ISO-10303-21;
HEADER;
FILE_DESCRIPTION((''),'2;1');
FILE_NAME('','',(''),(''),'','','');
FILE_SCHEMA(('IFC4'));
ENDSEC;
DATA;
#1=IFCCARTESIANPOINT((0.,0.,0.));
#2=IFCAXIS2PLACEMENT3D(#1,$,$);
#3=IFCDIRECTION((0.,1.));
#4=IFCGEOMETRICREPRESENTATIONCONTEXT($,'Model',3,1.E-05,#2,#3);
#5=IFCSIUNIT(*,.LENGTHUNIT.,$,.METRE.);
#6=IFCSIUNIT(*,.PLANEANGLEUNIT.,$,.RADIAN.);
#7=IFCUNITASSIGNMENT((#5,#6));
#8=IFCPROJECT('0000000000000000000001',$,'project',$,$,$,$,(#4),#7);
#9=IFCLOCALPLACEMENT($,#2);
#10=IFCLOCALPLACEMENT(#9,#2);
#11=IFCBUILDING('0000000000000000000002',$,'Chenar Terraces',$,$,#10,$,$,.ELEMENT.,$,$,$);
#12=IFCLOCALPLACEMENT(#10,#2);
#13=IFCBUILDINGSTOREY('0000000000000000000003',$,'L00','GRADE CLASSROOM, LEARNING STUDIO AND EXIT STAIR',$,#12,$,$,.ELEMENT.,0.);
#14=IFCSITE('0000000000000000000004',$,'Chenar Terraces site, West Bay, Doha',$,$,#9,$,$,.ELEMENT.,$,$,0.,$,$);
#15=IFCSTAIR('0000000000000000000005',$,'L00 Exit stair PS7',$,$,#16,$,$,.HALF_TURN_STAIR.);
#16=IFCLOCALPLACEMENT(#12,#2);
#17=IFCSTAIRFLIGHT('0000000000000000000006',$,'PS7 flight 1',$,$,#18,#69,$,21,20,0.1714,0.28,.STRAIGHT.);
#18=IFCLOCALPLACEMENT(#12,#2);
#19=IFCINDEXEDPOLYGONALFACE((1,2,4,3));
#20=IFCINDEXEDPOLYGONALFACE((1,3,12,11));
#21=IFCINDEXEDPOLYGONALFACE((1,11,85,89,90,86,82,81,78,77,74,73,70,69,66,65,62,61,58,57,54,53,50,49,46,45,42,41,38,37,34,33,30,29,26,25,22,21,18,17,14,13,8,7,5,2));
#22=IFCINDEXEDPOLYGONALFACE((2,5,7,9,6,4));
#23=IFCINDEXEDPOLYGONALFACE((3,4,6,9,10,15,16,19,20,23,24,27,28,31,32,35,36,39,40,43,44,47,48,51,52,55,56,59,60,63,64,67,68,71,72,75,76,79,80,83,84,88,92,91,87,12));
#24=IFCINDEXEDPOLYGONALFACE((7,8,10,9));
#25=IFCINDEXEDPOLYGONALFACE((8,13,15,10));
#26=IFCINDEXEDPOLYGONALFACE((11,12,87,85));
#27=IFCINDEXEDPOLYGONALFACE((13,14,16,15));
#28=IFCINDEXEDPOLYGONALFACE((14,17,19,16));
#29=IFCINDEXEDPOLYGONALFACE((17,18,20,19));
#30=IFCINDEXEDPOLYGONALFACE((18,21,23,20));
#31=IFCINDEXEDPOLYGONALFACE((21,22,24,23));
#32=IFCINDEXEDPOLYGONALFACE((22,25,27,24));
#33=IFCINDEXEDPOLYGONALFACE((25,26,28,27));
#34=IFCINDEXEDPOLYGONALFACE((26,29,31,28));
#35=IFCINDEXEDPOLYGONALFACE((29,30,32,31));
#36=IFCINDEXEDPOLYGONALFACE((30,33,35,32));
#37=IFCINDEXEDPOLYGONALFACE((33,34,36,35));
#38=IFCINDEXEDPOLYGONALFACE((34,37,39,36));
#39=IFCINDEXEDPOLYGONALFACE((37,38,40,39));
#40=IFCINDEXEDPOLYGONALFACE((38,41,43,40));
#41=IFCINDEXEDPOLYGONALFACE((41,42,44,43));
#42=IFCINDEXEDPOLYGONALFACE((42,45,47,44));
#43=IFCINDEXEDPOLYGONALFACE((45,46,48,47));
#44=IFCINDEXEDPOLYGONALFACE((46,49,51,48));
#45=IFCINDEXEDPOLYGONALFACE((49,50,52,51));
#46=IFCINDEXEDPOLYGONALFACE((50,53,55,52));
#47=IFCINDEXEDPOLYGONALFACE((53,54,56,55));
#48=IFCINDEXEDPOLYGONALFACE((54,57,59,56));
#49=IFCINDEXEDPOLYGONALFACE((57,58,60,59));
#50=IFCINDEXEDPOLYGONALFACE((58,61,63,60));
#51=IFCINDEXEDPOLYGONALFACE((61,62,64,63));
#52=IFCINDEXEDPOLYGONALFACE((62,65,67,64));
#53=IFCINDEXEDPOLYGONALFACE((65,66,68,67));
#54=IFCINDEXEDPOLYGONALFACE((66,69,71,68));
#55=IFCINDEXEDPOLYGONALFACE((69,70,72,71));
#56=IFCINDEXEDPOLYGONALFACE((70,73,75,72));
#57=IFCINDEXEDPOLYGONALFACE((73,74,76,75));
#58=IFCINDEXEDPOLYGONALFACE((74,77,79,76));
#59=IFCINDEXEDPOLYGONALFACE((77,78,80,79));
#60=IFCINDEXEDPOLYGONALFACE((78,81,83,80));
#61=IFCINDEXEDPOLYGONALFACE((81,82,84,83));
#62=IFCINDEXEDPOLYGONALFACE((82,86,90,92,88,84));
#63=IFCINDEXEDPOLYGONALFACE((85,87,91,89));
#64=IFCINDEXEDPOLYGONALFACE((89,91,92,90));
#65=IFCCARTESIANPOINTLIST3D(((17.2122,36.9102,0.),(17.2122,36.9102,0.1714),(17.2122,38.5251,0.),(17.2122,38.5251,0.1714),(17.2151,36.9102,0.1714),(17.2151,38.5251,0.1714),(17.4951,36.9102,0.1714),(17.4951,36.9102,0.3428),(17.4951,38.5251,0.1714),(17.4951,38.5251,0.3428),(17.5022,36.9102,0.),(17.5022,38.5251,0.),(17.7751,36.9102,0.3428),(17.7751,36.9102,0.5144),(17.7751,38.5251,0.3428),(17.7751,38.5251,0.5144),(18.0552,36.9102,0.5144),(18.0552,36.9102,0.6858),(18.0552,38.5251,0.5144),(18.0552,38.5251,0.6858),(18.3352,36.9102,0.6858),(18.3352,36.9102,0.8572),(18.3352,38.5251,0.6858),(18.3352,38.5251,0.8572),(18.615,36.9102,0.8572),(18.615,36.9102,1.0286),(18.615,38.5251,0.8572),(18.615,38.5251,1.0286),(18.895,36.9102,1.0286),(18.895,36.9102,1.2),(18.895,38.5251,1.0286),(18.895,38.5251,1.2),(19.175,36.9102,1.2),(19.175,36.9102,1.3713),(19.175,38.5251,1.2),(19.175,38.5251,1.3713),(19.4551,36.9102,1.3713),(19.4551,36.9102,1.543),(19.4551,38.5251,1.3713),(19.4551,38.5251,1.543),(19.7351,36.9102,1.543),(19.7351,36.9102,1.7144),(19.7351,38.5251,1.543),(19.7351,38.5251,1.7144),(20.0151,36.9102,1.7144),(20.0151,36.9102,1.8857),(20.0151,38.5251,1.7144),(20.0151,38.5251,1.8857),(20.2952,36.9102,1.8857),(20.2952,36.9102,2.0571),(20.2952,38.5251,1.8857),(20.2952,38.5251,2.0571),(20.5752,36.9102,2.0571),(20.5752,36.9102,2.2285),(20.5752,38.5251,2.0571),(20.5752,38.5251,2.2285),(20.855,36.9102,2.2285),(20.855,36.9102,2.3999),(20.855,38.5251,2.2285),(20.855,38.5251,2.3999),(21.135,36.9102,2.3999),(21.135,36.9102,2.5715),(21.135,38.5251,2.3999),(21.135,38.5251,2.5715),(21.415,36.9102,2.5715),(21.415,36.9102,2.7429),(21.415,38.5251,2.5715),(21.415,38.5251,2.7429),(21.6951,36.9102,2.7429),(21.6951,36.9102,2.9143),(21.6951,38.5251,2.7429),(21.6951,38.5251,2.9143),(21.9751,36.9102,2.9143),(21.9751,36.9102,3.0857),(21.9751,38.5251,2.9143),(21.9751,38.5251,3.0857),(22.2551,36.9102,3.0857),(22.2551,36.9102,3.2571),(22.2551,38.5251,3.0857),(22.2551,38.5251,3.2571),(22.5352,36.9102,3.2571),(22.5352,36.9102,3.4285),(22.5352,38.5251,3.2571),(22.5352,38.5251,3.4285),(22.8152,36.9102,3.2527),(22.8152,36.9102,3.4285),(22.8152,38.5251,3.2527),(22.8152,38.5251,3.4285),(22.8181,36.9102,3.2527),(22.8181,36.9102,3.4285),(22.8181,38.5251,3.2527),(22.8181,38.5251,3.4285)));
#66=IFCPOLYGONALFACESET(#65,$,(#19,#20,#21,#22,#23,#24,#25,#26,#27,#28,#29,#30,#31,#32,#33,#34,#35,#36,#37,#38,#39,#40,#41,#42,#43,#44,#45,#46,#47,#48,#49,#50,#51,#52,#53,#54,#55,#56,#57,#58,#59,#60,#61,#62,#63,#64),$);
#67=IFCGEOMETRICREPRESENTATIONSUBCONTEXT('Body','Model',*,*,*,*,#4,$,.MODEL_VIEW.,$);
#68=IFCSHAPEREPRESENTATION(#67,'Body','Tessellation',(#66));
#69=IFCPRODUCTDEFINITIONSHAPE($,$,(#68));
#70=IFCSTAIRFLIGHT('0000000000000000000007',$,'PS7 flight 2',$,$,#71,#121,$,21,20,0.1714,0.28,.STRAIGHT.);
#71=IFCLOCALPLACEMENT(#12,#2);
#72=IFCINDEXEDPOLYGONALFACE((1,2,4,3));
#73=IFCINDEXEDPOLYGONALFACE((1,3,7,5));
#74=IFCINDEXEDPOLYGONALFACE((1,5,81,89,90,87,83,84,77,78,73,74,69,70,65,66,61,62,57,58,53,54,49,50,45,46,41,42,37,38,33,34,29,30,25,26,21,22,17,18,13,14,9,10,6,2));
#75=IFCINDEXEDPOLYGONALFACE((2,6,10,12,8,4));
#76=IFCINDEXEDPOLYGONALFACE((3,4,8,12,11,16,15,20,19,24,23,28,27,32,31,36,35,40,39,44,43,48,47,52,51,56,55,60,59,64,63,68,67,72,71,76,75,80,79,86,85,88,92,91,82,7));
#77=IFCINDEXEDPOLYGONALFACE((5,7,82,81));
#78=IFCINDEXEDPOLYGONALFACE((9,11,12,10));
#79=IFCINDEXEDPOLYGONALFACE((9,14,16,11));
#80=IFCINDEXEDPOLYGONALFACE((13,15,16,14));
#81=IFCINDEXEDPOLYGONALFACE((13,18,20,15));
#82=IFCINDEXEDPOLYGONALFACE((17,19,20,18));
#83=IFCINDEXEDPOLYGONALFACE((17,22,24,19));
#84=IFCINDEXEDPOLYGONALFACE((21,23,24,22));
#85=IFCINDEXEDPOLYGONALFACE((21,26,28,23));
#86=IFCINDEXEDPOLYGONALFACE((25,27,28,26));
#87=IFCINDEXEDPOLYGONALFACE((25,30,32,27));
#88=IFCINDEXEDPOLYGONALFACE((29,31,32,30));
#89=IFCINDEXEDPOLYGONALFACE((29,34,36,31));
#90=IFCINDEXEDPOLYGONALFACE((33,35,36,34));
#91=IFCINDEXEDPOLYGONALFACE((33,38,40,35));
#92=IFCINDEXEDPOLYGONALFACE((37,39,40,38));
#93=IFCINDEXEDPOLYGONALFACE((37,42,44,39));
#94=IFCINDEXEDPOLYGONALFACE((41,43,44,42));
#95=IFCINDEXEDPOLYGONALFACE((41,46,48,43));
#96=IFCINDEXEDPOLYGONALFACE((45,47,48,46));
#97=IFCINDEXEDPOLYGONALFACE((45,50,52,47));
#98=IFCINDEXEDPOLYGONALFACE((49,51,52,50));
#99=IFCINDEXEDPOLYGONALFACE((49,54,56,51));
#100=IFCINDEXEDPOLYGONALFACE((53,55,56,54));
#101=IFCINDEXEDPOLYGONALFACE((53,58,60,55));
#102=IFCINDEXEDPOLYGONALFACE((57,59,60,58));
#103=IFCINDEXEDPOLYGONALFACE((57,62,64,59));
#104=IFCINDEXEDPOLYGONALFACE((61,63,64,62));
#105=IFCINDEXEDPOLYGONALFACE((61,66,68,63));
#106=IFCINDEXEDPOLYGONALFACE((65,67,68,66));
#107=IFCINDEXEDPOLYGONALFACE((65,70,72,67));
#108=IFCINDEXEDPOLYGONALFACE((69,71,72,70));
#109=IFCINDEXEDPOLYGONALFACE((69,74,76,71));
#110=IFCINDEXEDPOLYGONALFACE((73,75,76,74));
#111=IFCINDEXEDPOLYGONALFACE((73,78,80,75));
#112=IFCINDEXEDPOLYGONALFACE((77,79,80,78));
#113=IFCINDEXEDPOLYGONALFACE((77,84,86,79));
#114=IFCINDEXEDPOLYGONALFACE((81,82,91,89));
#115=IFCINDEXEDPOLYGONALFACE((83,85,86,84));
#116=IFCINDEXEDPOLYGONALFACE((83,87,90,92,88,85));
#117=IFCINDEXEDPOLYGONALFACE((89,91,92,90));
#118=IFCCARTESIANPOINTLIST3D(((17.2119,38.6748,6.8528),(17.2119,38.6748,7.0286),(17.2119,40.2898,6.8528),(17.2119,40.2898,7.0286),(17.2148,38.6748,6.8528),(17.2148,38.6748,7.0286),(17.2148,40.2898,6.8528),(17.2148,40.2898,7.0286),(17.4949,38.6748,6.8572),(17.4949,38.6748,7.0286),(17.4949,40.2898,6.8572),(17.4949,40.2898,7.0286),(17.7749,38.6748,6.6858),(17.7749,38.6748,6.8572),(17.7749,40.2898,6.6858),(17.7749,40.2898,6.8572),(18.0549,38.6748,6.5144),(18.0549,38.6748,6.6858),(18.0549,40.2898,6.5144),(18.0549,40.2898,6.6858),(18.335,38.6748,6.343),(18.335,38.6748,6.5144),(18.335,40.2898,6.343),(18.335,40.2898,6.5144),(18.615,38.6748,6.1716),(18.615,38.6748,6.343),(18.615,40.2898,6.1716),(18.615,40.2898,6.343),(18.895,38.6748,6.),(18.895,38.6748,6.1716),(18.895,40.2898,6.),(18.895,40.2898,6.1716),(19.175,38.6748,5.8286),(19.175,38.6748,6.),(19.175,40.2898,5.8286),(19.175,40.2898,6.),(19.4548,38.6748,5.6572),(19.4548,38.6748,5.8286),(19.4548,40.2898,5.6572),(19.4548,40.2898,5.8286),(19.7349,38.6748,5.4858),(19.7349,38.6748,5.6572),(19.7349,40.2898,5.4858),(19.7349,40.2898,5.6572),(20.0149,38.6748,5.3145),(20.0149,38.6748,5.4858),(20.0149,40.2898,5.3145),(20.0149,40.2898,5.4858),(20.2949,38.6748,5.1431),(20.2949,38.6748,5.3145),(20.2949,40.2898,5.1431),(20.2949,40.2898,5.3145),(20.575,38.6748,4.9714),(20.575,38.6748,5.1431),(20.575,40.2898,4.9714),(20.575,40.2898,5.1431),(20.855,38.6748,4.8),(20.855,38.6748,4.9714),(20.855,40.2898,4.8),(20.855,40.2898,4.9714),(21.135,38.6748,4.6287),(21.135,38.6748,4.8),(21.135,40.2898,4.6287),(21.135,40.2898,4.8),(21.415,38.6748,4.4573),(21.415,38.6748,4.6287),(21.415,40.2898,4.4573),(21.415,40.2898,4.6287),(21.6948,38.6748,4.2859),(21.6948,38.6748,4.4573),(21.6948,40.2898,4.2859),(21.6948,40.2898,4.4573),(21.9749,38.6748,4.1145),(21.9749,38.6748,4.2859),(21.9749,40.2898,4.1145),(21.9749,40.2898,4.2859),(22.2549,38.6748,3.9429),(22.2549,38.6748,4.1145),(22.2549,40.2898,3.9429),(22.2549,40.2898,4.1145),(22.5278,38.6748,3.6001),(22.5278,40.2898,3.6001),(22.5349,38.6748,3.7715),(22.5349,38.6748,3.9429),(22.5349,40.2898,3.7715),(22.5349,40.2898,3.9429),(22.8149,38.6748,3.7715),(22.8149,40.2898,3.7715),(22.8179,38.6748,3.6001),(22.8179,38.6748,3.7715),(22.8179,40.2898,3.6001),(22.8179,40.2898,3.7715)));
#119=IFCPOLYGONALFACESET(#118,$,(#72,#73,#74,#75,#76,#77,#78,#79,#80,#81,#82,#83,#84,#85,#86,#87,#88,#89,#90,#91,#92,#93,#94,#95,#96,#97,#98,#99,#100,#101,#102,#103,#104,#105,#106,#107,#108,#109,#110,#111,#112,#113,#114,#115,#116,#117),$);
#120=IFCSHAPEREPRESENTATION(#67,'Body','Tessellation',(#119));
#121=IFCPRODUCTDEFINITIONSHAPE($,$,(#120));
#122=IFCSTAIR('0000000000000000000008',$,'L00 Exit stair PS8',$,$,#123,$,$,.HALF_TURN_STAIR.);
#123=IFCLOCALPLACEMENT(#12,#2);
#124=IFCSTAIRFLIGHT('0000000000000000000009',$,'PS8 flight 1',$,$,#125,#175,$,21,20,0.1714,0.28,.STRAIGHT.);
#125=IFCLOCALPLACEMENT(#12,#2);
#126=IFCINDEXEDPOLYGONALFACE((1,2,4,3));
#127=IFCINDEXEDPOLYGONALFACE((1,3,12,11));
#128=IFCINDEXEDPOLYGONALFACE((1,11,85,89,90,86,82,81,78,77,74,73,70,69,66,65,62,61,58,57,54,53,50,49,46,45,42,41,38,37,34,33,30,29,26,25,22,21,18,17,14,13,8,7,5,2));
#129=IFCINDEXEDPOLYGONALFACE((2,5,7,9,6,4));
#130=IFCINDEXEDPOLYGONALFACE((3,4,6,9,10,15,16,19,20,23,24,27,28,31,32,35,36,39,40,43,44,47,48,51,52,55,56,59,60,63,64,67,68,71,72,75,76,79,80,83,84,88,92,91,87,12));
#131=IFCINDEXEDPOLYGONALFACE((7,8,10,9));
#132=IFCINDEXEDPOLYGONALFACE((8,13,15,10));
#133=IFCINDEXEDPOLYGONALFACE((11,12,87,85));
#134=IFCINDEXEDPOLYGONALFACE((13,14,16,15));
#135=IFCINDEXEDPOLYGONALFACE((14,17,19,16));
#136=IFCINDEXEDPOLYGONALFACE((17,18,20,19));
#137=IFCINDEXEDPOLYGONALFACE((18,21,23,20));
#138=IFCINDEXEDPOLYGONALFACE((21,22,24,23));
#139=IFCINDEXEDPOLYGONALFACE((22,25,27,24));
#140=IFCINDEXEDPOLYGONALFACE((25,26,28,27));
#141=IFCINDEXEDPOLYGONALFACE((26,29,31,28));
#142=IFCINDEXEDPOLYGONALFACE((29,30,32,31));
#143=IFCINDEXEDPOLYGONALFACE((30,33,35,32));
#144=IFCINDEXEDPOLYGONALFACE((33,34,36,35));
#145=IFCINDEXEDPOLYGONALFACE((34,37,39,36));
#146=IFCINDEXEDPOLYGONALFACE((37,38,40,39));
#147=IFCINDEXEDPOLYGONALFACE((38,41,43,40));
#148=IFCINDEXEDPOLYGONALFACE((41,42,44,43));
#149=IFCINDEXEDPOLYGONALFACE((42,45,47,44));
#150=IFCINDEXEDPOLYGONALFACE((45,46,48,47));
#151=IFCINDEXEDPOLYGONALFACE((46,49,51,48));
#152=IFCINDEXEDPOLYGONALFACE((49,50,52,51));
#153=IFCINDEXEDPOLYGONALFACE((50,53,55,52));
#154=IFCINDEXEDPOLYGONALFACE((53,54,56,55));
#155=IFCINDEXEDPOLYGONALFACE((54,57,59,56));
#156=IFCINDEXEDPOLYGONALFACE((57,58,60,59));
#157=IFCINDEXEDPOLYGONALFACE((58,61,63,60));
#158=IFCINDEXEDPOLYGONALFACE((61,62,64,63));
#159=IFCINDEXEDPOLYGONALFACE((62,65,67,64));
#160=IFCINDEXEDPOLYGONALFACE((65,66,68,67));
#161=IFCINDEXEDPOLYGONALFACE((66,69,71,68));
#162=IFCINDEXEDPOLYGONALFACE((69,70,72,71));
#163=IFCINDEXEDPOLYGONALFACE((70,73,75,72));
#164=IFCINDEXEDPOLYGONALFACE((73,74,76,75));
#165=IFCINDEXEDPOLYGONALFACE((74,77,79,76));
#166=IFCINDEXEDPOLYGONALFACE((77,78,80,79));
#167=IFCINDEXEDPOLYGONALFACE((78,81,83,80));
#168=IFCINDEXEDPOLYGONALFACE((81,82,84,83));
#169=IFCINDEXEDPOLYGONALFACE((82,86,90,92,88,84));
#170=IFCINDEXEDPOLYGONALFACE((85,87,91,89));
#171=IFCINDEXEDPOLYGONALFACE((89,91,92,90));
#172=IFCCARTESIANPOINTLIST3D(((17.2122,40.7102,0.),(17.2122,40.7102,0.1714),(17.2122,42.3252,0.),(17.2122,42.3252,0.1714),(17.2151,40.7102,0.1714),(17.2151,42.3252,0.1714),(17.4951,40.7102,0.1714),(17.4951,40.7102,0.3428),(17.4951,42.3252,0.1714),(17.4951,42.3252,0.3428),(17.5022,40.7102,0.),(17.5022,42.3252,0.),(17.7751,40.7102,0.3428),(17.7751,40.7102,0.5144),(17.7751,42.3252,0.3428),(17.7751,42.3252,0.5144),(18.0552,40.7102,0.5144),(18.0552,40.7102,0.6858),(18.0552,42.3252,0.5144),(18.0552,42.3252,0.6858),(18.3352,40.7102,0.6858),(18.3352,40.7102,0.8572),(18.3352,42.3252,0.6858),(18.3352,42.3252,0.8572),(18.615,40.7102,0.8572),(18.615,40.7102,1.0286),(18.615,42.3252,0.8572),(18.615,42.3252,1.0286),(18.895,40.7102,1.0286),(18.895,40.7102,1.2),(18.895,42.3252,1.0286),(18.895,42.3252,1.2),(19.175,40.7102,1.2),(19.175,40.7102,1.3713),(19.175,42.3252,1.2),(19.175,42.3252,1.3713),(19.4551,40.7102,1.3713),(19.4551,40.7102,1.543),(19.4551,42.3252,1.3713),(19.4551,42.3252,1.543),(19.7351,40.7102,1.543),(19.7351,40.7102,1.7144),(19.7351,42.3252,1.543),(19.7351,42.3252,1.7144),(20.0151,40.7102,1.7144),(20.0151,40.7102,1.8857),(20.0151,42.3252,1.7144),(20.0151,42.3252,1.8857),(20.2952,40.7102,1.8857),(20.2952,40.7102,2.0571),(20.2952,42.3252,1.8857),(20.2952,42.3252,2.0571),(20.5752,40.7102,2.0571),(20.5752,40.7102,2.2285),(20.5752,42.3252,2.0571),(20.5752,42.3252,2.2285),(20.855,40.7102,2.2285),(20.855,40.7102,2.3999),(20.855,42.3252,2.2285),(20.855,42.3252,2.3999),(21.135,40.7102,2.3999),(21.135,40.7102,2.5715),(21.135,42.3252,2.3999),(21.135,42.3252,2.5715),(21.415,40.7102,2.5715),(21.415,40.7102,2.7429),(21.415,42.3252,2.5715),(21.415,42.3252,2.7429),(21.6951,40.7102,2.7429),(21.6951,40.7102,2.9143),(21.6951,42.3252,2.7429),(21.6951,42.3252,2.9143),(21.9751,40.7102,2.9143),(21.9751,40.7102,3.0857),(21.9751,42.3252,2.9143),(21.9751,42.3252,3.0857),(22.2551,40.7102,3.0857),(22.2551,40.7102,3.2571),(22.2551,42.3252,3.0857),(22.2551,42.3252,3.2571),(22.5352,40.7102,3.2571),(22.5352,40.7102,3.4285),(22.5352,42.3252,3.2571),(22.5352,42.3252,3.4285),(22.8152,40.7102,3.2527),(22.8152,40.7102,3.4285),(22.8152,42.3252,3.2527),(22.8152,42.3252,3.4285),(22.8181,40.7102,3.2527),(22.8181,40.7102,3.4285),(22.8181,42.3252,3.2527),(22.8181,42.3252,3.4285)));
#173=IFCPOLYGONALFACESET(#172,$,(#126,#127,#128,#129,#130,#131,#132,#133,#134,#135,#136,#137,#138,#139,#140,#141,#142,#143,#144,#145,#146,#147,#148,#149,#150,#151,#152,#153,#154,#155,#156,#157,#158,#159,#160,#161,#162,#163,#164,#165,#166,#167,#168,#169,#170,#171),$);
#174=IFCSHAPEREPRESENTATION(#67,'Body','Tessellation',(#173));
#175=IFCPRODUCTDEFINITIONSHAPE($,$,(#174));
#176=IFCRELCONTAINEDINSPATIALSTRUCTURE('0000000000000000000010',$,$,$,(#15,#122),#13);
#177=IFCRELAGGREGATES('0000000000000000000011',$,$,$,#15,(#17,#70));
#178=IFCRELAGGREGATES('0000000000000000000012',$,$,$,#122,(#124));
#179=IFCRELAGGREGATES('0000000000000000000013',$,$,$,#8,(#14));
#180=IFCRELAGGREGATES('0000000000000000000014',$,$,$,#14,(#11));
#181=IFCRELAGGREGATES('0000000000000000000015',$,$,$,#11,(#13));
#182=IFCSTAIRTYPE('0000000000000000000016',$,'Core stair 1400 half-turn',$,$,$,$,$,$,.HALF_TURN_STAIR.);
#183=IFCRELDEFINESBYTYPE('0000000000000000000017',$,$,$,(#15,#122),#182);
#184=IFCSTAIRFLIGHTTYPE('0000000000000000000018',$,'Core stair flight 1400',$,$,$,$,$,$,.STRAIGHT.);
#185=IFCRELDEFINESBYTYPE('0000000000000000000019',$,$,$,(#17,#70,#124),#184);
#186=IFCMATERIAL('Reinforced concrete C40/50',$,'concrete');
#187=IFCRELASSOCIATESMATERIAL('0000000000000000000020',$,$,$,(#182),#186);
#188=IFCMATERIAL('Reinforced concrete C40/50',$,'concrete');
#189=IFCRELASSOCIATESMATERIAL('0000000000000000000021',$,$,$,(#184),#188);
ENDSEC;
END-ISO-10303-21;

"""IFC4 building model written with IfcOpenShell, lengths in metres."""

from ifc_helpers import new_model, si_unit, direction, frame, origin, place, context, subcontext, project, spatial, polyline, outline, extrude, material, type_object, element, aggregate, save


model = new_model("IFC4")

# Units and contexts
model_context = context("Model", 3, precision=1e-05, world=origin(), true_north=direction((0.0, 1.0)))
body_context = subcontext(model_context, "Body", "Model", "MODEL_VIEW")
ifc_project = project(units=[si_unit("LENGTHUNIT", "METRE"), si_unit("PLANEANGLEUNIT", "RADIAN")], contexts=[model_context])

# Site, building, storey
site_placement = place(None, origin())
site = spatial("IfcSite", under=ifc_project, at=site_placement, Name="Chenar Terraces site, West Bay, Doha", CompositionType="ELEMENT", RefElevation=0.0)
building_placement = place(site_placement, origin())
building = spatial("IfcBuilding", under=site, at=building_placement, Name="Chenar Terraces", CompositionType="ELEMENT")
storey_placement = place(building_placement, origin())
storey = spatial("IfcBuildingStorey", under=building, at=storey_placement, Name="L00", Description="GRADE CLASSROOM, LEARNING STUDIO AND EXIT STAIR", CompositionType="ELEMENT", Elevation=0.0)

# Stairs, stair flights
ifc_material_1 = material(Name="Reinforced concrete C40/50", Category="concrete")
stair_type = type_object("IfcStairType", Name="Core stair 1400 half-turn", PredefinedType="HALF_TURN_STAIR", material=ifc_material_1)
placement = place(storey_placement, origin())
stair_1 = element("IfcStair", 1, at=placement, inside=storey, type_object=stair_type, Name="L00 Exit stair PS7", PredefinedType="HALF_TURN_STAIR")
ifc_material_2 = material(Name="Reinforced concrete C40/50", Category="concrete")
stair_flight_type = type_object("IfcStairFlightType", Name="Core stair flight 1400", PredefinedType="STRAIGHT", material=ifc_material_2)
stair_flight_1_placement = place(storey_placement, frame((17.2151, 37.7175, 0.0), z_axis=(0.0, 0.0, 1.0), x_axis=(1.0, 0.0, 0.0)))
stair_flight_1 = element("IfcStairFlight", 2, at=stair_flight_1_placement, type_object=stair_flight_type, Name="PS7 flight 1", NumberOfRisers=21, NumberOfTreads=20, PredefinedType="STRAIGHT", RiserHeight=0.1714, TreadLength=0.28, context=body_context, shape_type="SweptSolid", body=[
    extrude(outline(polyline([(-0.0029, 0.0), (-0.0029, 0.1714), (0.0, 0.1714), (0.28, 0.1714), (0.28, 0.3428), (0.5601, 0.3428), (0.5601, 0.5144), (0.8401, 0.5144), (0.8401, 0.6858), (1.1201, 0.6858), (1.1201, 0.8572), (1.3999, 0.8572), (1.3999, 1.0286), (1.6799, 1.0286), (1.6799, 1.2), (1.96, 1.2), (1.96, 1.3713), (2.24, 1.3713), (2.24, 1.543), (2.52, 1.543), (2.52, 1.7144), (2.8, 1.7144), (2.8, 1.8857), (3.0801, 1.8857), (3.0801, 2.0571), (3.3601, 2.0571), (3.3601, 2.2285), (3.6399, 2.2285), (3.6399, 2.3999), (3.9199, 2.3999), (3.9199, 2.5715), (4.2, 2.5715), (4.2, 2.7429), (4.48, 2.7429), (4.48, 2.9143), (4.76, 2.9143), (4.76, 3.0857), (5.04, 3.0857), (5.04, 3.2571), (5.3201, 3.2571), (5.3201, 3.4285), (5.6001, 3.4285), (5.603, 3.4285), (5.603, 3.2527), (5.6001, 3.2527), (0.2871, 0.0), (-0.0029, 0.0)])), frame((0.0, 0.8076, 0.0), z_axis=(0.0, -1.0, 0.0), x_axis=(1.0, 0.0, 0.0)), (0.0, 0.0, 1.0), 1.615),
])
stair_flight_2_placement = place(storey_placement, frame((22.8149, 39.4824, 3.6001), z_axis=(0.0, 0.0, 1.0), x_axis=(-1.0, 0.0, 0.0)))
stair_flight_2 = element("IfcStairFlight", 3, at=stair_flight_2_placement, type_object=stair_flight_type, Name="PS7 flight 2", NumberOfRisers=21, NumberOfTreads=20, PredefinedType="STRAIGHT", RiserHeight=0.1714, TreadLength=0.28, context=body_context, shape_type="SweptSolid", body=[
    extrude(outline(polyline([(-0.0029, 0.0), (-0.0029, 0.1714), (0.0, 0.1714), (0.28, 0.1714), (0.28, 0.3428), (0.5601, 0.3428), (0.5601, 0.5144), (0.8401, 0.5144), (0.8401, 0.6858), (1.1201, 0.6858), (1.1201, 0.8572), (1.3999, 0.8572), (1.3999, 1.0286), (1.6799, 1.0286), (1.6799, 1.2), (1.96, 1.2), (1.96, 1.3713), (2.24, 1.3713), (2.24, 1.543), (2.52, 1.543), (2.52, 1.7144), (2.8, 1.7144), (2.8, 1.8857), (3.0801, 1.8857), (3.0801, 2.0571), (3.3601, 2.0571), (3.3601, 2.2285), (3.6399, 2.2285), (3.6399, 2.3999), (3.9199, 2.3999), (3.9199, 2.5715), (4.2, 2.5715), (4.2, 2.7429), (4.48, 2.7429), (4.48, 2.9143), (4.76, 2.9143), (4.76, 3.0857), (5.04, 3.0857), (5.04, 3.2571), (5.3201, 3.2571), (5.3201, 3.4285), (5.6001, 3.4285), (5.603, 3.4285), (5.603, 3.2527), (5.6001, 3.2527), (0.2871, 0.0), (-0.0029, 0.0)])), frame((0.0, 0.8076, 0.0), z_axis=(0.0, -1.0, 0.0), x_axis=(1.0, 0.0, 0.0)), (0.0, 0.0, 1.0), 1.615),
])
aggregate(stair_1, [stair_flight_1, stair_flight_2])
stair_2 = element("IfcStair", 4, at=placement, inside=storey, type_object=stair_type, Name="L00 Exit stair PS8", PredefinedType="HALF_TURN_STAIR")
stair_flight_3_placement = place(storey_placement, frame((17.2151, 41.5176, 0.0), z_axis=(0.0, 0.0, 1.0), x_axis=(1.0, 0.0, 0.0)))
stair_flight_3 = element("IfcStairFlight", 5, at=stair_flight_3_placement, type_object=stair_flight_type, Name="PS8 flight 1", NumberOfRisers=21, NumberOfTreads=20, PredefinedType="STRAIGHT", RiserHeight=0.1714, TreadLength=0.28, context=body_context, shape_type="SweptSolid", body=[
    extrude(outline(polyline([(-0.0029, 0.0), (-0.0029, 0.1714), (0.0, 0.1714), (0.28, 0.1714), (0.28, 0.3428), (0.5601, 0.3428), (0.5601, 0.5144), (0.8401, 0.5144), (0.8401, 0.6858), (1.1201, 0.6858), (1.1201, 0.8572), (1.3999, 0.8572), (1.3999, 1.0286), (1.6799, 1.0286), (1.6799, 1.2), (1.96, 1.2), (1.96, 1.3713), (2.24, 1.3713), (2.24, 1.543), (2.52, 1.543), (2.52, 1.7144), (2.8, 1.7144), (2.8, 1.8857), (3.0801, 1.8857), (3.0801, 2.0571), (3.3601, 2.0571), (3.3601, 2.2285), (3.6399, 2.2285), (3.6399, 2.3999), (3.9199, 2.3999), (3.9199, 2.5715), (4.2, 2.5715), (4.2, 2.7429), (4.48, 2.7429), (4.48, 2.9143), (4.76, 2.9143), (4.76, 3.0857), (5.04, 3.0857), (5.04, 3.2571), (5.3201, 3.2571), (5.3201, 3.4285), (5.6001, 3.4285), (5.603, 3.4285), (5.603, 3.2527), (5.6001, 3.2527), (0.2871, 0.0), (-0.0029, 0.0)])), frame((0.0, 0.8076, 0.0), z_axis=(0.0, -1.0, 0.0), x_axis=(1.0, 0.0, 0.0)), (0.0, 0.0, 1.0), 1.615),
])
aggregate(stair_2, [stair_flight_3])

save(model, "model.ifc")
